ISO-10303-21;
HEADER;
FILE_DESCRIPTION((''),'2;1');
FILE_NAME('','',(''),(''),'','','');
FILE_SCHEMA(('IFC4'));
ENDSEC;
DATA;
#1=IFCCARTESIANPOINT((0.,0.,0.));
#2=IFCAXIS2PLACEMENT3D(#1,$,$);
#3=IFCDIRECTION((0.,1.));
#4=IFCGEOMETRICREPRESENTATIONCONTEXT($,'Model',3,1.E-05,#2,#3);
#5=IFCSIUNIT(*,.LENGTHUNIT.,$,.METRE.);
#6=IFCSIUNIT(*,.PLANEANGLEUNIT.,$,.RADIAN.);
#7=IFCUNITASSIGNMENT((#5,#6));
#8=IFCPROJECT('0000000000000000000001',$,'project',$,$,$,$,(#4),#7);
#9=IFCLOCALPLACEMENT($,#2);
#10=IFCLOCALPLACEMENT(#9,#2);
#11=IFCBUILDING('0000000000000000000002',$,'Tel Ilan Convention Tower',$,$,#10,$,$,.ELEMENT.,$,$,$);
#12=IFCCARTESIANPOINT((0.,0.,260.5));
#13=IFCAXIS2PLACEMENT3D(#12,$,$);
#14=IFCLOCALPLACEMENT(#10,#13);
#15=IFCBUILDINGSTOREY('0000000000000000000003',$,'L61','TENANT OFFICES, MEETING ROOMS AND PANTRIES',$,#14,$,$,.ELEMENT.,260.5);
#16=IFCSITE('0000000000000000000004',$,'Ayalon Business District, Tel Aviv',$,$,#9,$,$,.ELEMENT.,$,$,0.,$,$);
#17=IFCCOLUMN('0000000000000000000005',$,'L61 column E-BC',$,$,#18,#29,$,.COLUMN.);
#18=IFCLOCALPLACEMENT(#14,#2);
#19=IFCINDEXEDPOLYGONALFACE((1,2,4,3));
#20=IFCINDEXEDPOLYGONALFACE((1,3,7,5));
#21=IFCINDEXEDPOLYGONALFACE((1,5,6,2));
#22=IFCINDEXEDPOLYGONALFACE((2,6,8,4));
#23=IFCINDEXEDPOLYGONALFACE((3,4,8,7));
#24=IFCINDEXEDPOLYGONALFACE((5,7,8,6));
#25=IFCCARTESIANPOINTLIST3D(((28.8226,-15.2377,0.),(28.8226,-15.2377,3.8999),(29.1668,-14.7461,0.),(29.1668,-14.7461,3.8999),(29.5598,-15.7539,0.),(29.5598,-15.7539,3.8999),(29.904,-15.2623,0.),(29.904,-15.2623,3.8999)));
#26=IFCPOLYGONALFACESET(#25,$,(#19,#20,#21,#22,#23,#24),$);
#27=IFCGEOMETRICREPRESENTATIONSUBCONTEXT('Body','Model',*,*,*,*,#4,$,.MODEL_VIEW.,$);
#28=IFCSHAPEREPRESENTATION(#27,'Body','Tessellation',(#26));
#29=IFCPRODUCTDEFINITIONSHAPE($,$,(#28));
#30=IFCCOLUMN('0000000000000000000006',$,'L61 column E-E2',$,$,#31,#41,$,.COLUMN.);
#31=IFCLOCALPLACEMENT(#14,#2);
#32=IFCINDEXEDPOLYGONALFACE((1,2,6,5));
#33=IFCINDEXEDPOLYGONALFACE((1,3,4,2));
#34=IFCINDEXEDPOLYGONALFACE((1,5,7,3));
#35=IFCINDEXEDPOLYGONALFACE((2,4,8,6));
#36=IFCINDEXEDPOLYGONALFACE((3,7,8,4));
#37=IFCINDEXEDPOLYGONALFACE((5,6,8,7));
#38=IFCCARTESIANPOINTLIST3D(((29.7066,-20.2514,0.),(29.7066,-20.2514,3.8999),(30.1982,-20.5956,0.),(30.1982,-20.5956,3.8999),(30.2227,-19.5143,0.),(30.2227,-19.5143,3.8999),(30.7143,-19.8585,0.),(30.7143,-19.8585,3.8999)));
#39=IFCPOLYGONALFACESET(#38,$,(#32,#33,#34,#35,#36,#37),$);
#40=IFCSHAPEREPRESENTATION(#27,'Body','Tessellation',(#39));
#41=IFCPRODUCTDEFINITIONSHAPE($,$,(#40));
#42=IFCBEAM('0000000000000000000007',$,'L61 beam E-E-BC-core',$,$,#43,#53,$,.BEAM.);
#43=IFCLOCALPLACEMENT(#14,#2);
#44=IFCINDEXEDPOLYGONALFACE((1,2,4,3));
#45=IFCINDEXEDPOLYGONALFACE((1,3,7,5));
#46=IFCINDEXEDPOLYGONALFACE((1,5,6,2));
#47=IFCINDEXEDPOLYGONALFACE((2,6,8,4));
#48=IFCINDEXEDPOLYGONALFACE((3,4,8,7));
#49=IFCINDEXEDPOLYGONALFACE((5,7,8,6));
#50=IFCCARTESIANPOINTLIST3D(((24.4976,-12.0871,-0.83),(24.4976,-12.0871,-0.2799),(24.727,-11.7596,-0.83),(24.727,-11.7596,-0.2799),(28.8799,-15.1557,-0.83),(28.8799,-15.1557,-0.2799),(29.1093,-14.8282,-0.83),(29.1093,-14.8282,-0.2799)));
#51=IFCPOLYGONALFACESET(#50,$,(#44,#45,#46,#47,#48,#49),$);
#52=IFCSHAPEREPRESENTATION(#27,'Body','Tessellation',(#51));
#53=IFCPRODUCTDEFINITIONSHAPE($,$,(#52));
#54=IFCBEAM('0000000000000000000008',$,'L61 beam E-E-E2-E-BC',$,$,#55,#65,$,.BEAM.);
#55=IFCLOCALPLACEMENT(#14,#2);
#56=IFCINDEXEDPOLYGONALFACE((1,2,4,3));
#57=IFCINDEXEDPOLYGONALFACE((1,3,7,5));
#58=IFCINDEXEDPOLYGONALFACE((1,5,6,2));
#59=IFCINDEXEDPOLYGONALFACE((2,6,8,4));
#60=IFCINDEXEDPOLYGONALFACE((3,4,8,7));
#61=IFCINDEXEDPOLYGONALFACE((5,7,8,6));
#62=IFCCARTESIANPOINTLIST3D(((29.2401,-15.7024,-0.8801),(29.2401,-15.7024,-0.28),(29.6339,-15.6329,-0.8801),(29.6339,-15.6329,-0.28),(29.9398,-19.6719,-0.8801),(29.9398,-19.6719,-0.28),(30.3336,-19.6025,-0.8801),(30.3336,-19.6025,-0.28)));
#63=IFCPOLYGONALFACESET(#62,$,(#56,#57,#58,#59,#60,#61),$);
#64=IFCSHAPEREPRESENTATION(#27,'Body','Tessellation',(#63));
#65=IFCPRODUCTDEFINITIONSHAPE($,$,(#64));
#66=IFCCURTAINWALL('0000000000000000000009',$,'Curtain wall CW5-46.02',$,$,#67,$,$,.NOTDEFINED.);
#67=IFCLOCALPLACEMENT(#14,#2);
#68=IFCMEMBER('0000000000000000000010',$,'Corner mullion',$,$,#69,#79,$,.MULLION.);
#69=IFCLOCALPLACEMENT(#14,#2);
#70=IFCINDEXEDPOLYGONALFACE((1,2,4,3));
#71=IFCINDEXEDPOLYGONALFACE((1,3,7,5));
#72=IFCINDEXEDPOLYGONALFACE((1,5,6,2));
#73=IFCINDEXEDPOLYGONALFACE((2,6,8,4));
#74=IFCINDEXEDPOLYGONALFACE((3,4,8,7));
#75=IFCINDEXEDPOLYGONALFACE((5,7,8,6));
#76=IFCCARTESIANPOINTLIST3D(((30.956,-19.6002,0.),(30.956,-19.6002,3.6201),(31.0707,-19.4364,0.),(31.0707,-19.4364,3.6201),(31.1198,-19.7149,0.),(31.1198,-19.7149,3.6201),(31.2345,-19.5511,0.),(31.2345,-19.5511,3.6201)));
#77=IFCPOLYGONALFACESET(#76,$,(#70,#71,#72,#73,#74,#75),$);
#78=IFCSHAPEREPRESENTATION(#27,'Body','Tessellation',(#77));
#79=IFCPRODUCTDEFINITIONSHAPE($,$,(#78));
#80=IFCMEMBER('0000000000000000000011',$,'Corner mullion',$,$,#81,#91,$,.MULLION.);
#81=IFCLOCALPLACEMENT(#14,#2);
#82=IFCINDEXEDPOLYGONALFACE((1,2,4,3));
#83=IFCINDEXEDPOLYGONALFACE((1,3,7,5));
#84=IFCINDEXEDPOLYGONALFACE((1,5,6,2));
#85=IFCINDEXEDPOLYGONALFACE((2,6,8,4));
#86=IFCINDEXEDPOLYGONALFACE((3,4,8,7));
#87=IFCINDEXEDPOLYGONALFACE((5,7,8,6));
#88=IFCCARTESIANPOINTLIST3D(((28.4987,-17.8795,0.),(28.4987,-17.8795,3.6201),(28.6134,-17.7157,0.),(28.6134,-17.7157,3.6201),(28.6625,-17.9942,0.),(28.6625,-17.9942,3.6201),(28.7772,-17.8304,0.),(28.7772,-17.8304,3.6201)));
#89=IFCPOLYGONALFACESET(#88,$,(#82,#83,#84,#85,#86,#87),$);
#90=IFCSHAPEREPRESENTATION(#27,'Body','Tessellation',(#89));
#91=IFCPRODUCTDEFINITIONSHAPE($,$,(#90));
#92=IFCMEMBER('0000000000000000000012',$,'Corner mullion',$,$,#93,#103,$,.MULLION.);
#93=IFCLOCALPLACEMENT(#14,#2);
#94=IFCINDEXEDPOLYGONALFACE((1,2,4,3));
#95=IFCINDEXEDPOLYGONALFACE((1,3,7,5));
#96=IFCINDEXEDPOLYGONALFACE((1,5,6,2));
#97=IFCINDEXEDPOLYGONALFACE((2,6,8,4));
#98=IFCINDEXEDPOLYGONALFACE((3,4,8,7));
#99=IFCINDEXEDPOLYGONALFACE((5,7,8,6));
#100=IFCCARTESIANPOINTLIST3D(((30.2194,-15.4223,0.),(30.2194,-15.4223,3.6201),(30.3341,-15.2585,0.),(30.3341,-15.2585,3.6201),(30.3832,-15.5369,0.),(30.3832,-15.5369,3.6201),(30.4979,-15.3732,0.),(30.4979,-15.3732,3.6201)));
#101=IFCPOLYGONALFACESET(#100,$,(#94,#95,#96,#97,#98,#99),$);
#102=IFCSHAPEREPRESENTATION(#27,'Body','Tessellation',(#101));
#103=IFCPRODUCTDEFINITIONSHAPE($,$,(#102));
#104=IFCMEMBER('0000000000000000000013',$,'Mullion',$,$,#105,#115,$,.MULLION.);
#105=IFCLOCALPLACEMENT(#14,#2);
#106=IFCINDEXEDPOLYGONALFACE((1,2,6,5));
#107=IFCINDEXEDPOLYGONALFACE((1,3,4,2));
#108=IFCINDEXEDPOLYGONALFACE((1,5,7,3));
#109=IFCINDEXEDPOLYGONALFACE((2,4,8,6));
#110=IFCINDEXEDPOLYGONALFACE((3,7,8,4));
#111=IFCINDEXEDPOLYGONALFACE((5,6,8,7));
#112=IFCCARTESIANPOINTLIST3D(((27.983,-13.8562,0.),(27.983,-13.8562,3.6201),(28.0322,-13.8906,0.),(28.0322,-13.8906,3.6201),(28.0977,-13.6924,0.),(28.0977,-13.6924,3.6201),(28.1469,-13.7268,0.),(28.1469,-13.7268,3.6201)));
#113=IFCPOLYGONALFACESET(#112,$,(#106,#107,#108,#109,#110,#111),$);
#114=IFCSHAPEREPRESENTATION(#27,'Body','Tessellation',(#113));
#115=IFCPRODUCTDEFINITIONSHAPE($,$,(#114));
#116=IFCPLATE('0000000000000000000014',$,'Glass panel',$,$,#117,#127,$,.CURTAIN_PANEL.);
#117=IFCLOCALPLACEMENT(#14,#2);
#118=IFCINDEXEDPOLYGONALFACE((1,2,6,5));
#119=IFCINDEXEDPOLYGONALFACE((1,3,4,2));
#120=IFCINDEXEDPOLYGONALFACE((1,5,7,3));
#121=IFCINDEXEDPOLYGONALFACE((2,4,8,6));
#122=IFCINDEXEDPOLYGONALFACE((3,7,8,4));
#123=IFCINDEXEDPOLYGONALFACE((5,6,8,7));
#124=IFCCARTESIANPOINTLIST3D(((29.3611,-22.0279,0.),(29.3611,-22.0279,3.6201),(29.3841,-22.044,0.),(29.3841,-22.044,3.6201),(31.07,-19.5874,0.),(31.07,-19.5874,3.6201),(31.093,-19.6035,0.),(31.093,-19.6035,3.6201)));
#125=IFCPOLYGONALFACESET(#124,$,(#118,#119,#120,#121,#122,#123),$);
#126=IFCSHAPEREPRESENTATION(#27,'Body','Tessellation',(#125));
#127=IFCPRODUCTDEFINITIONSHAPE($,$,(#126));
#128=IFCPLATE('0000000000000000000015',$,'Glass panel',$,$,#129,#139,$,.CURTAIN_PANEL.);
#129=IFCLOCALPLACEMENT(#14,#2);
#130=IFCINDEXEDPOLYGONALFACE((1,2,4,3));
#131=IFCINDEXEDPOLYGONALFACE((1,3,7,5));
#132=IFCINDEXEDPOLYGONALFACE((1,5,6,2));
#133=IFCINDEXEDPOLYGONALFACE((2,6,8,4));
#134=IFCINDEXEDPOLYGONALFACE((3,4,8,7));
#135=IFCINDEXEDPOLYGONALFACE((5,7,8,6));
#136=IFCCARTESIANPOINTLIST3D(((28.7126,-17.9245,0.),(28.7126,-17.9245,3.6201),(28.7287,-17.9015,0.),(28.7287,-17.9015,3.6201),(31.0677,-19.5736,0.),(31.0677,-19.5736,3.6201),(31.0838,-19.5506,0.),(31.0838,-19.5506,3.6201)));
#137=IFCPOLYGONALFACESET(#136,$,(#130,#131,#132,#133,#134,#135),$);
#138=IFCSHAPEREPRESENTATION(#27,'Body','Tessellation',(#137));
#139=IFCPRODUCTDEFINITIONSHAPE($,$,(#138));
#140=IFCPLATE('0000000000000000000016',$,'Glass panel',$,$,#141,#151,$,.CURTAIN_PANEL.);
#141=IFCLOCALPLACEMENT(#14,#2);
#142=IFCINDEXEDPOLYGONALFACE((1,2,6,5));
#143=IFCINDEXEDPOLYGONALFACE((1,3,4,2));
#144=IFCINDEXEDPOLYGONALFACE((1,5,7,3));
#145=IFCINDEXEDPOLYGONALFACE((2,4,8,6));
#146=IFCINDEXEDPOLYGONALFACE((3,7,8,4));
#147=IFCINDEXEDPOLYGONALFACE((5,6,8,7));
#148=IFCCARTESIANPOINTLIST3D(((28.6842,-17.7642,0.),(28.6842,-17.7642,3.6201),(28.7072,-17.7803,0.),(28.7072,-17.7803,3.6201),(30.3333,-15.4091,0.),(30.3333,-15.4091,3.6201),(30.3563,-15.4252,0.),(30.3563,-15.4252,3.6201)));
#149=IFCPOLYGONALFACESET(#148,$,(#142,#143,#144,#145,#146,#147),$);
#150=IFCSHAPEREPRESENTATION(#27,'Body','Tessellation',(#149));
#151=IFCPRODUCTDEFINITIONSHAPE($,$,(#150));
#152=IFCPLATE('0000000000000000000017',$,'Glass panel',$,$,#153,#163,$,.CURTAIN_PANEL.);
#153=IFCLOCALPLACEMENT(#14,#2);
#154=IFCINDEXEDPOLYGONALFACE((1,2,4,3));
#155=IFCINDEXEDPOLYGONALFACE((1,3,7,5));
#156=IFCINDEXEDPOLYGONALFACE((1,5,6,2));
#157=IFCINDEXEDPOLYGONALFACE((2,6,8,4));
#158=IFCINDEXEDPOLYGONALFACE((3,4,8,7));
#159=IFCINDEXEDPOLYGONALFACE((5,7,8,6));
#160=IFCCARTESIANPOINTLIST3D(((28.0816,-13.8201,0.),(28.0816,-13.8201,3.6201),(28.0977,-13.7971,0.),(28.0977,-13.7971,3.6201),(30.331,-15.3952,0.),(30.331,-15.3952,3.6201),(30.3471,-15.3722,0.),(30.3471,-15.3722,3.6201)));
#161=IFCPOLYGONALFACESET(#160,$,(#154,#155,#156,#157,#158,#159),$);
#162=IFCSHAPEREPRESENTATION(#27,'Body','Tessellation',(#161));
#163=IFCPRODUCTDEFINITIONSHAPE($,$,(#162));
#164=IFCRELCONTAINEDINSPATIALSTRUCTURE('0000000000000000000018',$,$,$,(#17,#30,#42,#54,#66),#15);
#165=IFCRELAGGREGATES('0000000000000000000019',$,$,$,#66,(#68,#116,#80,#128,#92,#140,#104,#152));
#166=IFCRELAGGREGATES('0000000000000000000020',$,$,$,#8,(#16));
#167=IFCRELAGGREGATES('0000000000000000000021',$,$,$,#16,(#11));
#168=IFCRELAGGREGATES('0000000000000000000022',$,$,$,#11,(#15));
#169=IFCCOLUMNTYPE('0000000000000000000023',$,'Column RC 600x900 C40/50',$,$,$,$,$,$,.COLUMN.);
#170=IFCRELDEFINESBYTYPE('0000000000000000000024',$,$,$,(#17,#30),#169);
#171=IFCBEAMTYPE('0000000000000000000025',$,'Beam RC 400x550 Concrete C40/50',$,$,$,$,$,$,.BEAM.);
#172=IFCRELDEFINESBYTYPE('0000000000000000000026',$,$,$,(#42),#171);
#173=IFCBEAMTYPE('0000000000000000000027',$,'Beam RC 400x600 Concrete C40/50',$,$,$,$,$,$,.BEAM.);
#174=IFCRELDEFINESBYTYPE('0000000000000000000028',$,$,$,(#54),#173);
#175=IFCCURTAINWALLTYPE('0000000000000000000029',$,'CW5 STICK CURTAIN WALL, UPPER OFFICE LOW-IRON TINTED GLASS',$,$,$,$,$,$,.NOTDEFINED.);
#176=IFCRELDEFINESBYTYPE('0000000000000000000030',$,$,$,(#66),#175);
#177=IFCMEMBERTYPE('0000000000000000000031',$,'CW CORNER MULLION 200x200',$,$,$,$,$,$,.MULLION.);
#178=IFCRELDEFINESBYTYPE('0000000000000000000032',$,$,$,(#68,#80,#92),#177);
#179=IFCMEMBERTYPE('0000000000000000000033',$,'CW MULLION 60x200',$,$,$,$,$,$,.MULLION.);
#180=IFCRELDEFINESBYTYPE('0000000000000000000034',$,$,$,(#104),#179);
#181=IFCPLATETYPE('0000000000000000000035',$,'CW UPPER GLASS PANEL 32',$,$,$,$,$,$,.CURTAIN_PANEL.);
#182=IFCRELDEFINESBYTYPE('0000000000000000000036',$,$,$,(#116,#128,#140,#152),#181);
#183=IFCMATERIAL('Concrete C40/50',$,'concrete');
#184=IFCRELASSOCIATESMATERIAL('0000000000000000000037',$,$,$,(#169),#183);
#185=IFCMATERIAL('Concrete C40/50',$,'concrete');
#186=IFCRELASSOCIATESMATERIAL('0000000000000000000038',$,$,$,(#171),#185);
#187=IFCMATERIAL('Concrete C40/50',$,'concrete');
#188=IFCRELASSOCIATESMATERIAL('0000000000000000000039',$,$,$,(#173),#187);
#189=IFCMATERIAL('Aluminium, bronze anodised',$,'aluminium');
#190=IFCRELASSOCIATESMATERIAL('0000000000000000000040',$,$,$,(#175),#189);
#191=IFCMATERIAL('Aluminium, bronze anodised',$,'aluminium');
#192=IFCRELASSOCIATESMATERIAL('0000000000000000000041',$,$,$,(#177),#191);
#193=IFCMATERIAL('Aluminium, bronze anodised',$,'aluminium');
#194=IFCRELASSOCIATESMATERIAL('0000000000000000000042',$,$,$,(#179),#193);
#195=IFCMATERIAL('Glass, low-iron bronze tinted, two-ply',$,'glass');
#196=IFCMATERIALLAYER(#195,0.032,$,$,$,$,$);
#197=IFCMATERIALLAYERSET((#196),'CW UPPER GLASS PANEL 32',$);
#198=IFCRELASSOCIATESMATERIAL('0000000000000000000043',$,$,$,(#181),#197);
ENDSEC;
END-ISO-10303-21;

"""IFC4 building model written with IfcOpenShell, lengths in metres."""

from ifc_helpers import new_model, si_unit, direction, frame, origin, origin_2d, place, context, subcontext, project, spatial, rectangle, extrude, material, layer, layer_set, material_profile, profile_set, type_object, element, aggregate, save


model = new_model("IFC4")

# Units and contexts
model_context = context("Model", 3, precision=1e-05, world=origin(), true_north=direction((0.0, 1.0)))
body_context = subcontext(model_context, "Body", "Model", "MODEL_VIEW")
ifc_project = project(units=[si_unit("LENGTHUNIT", "METRE"), si_unit("PLANEANGLEUNIT", "RADIAN")], contexts=[model_context])

# Site, building, storey
site_placement = place(None, origin())
site = spatial("IfcSite", under=ifc_project, at=site_placement, Name="Ayalon Business District, Tel Aviv", CompositionType="ELEMENT", RefElevation=0.0)
building_placement = place(site_placement, origin())
building = spatial("IfcBuilding", under=site, at=building_placement, Name="Tel Ilan Convention Tower", CompositionType="ELEMENT")
storey_placement = place(building_placement, frame((0.0, 0.0, 260.5)))
storey = spatial("IfcBuildingStorey", under=building, at=storey_placement, Name="L61", Description="TENANT OFFICES, MEETING ROOMS AND PANTRIES", CompositionType="ELEMENT", Elevation=260.5)

# Columns
ifc_material_1 = material(Name="Concrete C40/50", Category="concrete")
ifc_material_profile_1 = material_profile(ifc_material_1, rectangle(XDim=0.8999, YDim=0.6001, at=origin_2d()), Name="RC 600x900")
ifc_profile_set_1 = profile_set([ifc_material_profile_1], Name="Concrete C40/50")
column_type = type_object("IfcColumnType", Name="Column RC 600x900 C40/50", PredefinedType="COLUMN", material=ifc_profile_set_1)
for number, where, z_axis, x_axis, name in (
    (1, (29.3633, -15.25, 0.0), (0.0, 0.0, 1.0), (0.819152, -0.573576, 0.0), "L61 column E-BC"),
    (2, (30.2104, -20.0549, 0.0), (0.0, 0.0, 1.0), (0.573576, 0.819152, 0.0), "L61 column E-E2"),
):
    element("IfcColumn", number, at=place(storey_placement, frame(where, z_axis=z_axis, x_axis=x_axis)), inside=storey, type_object=column_type, Name=name, PredefinedType="COLUMN", context=body_context, shape_type="SweptSolid", body=[
        extrude(rectangle(XDim=0.8999, YDim=0.6001, at=origin_2d()), origin(), (0.0, 0.0, 1.0), 3.8999),
    ])

# Beams
ifc_material_2 = material(Name="Concrete C40/50", Category="concrete")
ifc_material_profile_2 = material_profile(ifc_material_2, rectangle(XDim=0.3999, YDim=0.55, at=origin_2d()), Name="RC 400x550")
ifc_profile_set_2 = profile_set([ifc_material_profile_2], Name="Concrete C40/50")
beam_type_1 = type_object("IfcBeamType", Name="Beam RC 400x550 Concrete C40/50", PredefinedType="BEAM", material=ifc_profile_set_2)
beam_1_placement = place(storey_placement, frame((28.9946, -14.9919, -0.5549), z_axis=(-0.819146, 0.573585, 0.0), x_axis=(-0.573585, -0.819146, 0.0)))
element("IfcBeam", 3, at=beam_1_placement, inside=storey, type_object=beam_type_1, Name="L61 beam E-E-BC-core", PredefinedType="BEAM", context=body_context, shape_type="SweptSolid", body=[
    extrude(rectangle(XDim=0.3999, YDim=0.55, at=origin_2d()), origin(), (0.0, 0.0, 1.0), 5.3499),
])
ifc_material_3 = material(Name="Concrete C40/50", Category="concrete")
ifc_material_profile_3 = material_profile(ifc_material_3, rectangle(XDim=0.3999, YDim=0.6001, at=origin_2d()), Name="RC 400x600")
ifc_profile_set_3 = profile_set([ifc_material_profile_3], Name="Concrete C40/50")
beam_type_2 = type_object("IfcBeamType", Name="Beam RC 400x600 Concrete C40/50", PredefinedType="BEAM", material=ifc_profile_set_3)
beam_2_placement = place(storey_placement, frame((30.1367, -19.6372, -0.5801), z_axis=(-0.173595, 0.984817, 0.0), x_axis=(-0.984817, -0.173595, 0.0)))
element("IfcBeam", 4, at=beam_2_placement, inside=storey, type_object=beam_type_2, Name="L61 beam E-E-E2-E-BC", PredefinedType="BEAM", context=body_context, shape_type="SweptSolid", body=[
    extrude(rectangle(XDim=0.3999, YDim=0.6001, at=origin_2d()), origin(), (0.0, 0.0, 1.0), 4.0308),
])

# Curtain wall, members, plates
ifc_material_4 = material(Name="Aluminium, bronze anodised", Category="aluminium")
curtain_wall_type = type_object("IfcCurtainWallType", Name="CW5 STICK CURTAIN WALL, UPPER OFFICE LOW-IRON TINTED GLASS", PredefinedType="NOTDEFINED", material=ifc_material_4)
curtain_wall_placement = place(storey_placement, origin())
curtain_wall = element("IfcCurtainWall", 5, at=curtain_wall_placement, inside=storey, type_object=curtain_wall_type, Name="Curtain wall CW5-46.02", PredefinedType="NOTDEFINED")
ifc_material_5 = material(Name="Aluminium, bronze anodised", Category="aluminium")
ifc_material_profile_4 = material_profile(ifc_material_5, rectangle(XDim=0.2, YDim=0.2, at=origin_2d()), Name="CW CORNER MULLION 200x200")
ifc_profile_set_4 = profile_set([ifc_material_profile_4], Name="Aluminium, bronze anodised")
member_type_1 = type_object("IfcMemberType", Name="CW CORNER MULLION 200x200", PredefinedType="MULLION", material=ifc_profile_set_4)
member_1_placement = place(storey_placement, frame((31.0952, -19.5757, 0.0), z_axis=(0.0, 0.0, 1.0), x_axis=(0.573576, 0.819152, 0.0)))
member_1 = element("IfcMember", 6, at=member_1_placement, type_object=member_type_1, Name="Corner mullion", PredefinedType="MULLION", context=body_context, shape_type="SweptSolid", body=[
    extrude(rectangle(XDim=0.2, YDim=0.2, at=origin_2d()), origin(), (0.0, 0.0, 1.0), 3.6201),
])
member_2_placement = place(storey_placement, frame((28.6379, -17.855, 0.0), z_axis=(0.0, 0.0, 1.0), x_axis=(-0.819152, 0.573576, 0.0)))
member_2 = element("IfcMember", 7, at=member_2_placement, type_object=member_type_1, Name="Corner mullion", PredefinedType="MULLION", context=body_context, shape_type="SweptSolid", body=[
    extrude(rectangle(XDim=0.2, YDim=0.2, at=origin_2d()), origin(), (0.0, 0.0, 1.0), 3.6201),
])
member_3_placement = place(storey_placement, frame((30.3586, -15.3977, 0.0), z_axis=(0.0, 0.0, 1.0), x_axis=(0.573576, 0.819152, 0.0)))
member_3 = element("IfcMember", 8, at=member_3_placement, type_object=member_type_1, Name="Corner mullion", PredefinedType="MULLION", context=body_context, shape_type="SweptSolid", body=[
    extrude(rectangle(XDim=0.2, YDim=0.2, at=origin_2d()), origin(), (0.0, 0.0, 1.0), 3.6201),
])
ifc_material_6 = material(Name="Aluminium, bronze anodised", Category="aluminium")
ifc_material_profile_5 = material_profile(ifc_material_6, rectangle(XDim=0.0601, YDim=0.2, at=origin_2d()), Name="CW MULLION 60x200")
ifc_profile_set_5 = profile_set([ifc_material_profile_5], Name="Aluminium, bronze anodised")
member_type_2 = type_object("IfcMemberType", Name="CW MULLION 60x200", PredefinedType="MULLION", material=ifc_profile_set_5)
member_4_placement = place(storey_placement, frame((28.0649, -13.7915, 0.0), z_axis=(0.0, 0.0, 1.0), x_axis=(-0.819152, 0.573576, 0.0)))
member_4 = element("IfcMember", 9, at=member_4_placement, type_object=member_type_2, Name="Mullion", PredefinedType="MULLION", context=body_context, shape_type="SweptSolid", body=[
    extrude(rectangle(XDim=0.0601, YDim=0.2, at=origin_2d()), origin(), (0.0, 0.0, 1.0), 3.6201),
])
ifc_material_7 = material(Name="Glass, low-iron bronze tinted, two-ply", Category="glass")
ifc_layer_1 = layer(ifc_material_7, 0.032)
ifc_layer_set_1 = layer_set([ifc_layer_1], Name="CW UPPER GLASS PANEL 32")
plate_type = type_object("IfcPlateType", Name="CW UPPER GLASS PANEL 32", PredefinedType="CURTAIN_PANEL", material=ifc_layer_set_1)
plate_1_placement = place(storey_placement, frame((30.2271, -20.8157, 0.0), z_axis=(0.0, 0.0, 1.0), x_axis=(0.573576, 0.819152, 0.0)))
plate_1 = element("IfcPlate", 10, at=plate_1_placement, type_object=plate_type, Name="Glass panel", PredefinedType="CURTAIN_PANEL", context=body_context, shape_type="SweptSolid", body=[
    extrude(rectangle(XDim=2.9792, YDim=0.0281, at=origin_2d()), origin(), (0.0, 0.0, 1.0), 3.6201),
])
plate_2_placement = place(storey_placement, frame((29.8982, -18.7375, 0.0), z_axis=(0.0, 0.0, 1.0), x_axis=(-0.819152, 0.573576, 0.0)))
plate_2 = element("IfcPlate", 11, at=plate_2_placement, type_object=plate_type, Name="Glass panel", PredefinedType="CURTAIN_PANEL", context=body_context, shape_type="SweptSolid", body=[
    extrude(rectangle(XDim=2.875, YDim=0.0281, at=origin_2d()), origin(), (0.0, 0.0, 1.0), 3.6201),
])
plate_3_placement = place(storey_placement, frame((29.5203, -16.5947, 0.0), z_axis=(0.0, 0.0, 1.0), x_axis=(0.573576, 0.819152, 0.0)))
plate_3 = element("IfcPlate", 12, at=plate_3_placement, type_object=plate_type, Name="Glass panel", PredefinedType="CURTAIN_PANEL", context=body_context, shape_type="SweptSolid", body=[
    extrude(rectangle(XDim=2.875, YDim=0.0281, at=origin_2d()), origin(), (0.0, 0.0, 1.0), 3.6201),
])
plate_4_placement = place(storey_placement, frame((29.2144, -14.5962, 0.0), z_axis=(0.0, 0.0, 1.0), x_axis=(-0.819152, 0.573576, 0.0)))
plate_4 = element("IfcPlate", 13, at=plate_4_placement, type_object=plate_type, Name="Glass panel", PredefinedType="CURTAIN_PANEL", context=body_context, shape_type="SweptSolid", body=[
    extrude(rectangle(XDim=2.7461, YDim=0.0281, at=origin_2d()), origin(), (0.0, 0.0, 1.0), 3.6201),
])
aggregate(curtain_wall, [member_1, plate_1, member_2, plate_2, member_3, plate_3, member_4, plate_4])

save(model, "model.ifc")
